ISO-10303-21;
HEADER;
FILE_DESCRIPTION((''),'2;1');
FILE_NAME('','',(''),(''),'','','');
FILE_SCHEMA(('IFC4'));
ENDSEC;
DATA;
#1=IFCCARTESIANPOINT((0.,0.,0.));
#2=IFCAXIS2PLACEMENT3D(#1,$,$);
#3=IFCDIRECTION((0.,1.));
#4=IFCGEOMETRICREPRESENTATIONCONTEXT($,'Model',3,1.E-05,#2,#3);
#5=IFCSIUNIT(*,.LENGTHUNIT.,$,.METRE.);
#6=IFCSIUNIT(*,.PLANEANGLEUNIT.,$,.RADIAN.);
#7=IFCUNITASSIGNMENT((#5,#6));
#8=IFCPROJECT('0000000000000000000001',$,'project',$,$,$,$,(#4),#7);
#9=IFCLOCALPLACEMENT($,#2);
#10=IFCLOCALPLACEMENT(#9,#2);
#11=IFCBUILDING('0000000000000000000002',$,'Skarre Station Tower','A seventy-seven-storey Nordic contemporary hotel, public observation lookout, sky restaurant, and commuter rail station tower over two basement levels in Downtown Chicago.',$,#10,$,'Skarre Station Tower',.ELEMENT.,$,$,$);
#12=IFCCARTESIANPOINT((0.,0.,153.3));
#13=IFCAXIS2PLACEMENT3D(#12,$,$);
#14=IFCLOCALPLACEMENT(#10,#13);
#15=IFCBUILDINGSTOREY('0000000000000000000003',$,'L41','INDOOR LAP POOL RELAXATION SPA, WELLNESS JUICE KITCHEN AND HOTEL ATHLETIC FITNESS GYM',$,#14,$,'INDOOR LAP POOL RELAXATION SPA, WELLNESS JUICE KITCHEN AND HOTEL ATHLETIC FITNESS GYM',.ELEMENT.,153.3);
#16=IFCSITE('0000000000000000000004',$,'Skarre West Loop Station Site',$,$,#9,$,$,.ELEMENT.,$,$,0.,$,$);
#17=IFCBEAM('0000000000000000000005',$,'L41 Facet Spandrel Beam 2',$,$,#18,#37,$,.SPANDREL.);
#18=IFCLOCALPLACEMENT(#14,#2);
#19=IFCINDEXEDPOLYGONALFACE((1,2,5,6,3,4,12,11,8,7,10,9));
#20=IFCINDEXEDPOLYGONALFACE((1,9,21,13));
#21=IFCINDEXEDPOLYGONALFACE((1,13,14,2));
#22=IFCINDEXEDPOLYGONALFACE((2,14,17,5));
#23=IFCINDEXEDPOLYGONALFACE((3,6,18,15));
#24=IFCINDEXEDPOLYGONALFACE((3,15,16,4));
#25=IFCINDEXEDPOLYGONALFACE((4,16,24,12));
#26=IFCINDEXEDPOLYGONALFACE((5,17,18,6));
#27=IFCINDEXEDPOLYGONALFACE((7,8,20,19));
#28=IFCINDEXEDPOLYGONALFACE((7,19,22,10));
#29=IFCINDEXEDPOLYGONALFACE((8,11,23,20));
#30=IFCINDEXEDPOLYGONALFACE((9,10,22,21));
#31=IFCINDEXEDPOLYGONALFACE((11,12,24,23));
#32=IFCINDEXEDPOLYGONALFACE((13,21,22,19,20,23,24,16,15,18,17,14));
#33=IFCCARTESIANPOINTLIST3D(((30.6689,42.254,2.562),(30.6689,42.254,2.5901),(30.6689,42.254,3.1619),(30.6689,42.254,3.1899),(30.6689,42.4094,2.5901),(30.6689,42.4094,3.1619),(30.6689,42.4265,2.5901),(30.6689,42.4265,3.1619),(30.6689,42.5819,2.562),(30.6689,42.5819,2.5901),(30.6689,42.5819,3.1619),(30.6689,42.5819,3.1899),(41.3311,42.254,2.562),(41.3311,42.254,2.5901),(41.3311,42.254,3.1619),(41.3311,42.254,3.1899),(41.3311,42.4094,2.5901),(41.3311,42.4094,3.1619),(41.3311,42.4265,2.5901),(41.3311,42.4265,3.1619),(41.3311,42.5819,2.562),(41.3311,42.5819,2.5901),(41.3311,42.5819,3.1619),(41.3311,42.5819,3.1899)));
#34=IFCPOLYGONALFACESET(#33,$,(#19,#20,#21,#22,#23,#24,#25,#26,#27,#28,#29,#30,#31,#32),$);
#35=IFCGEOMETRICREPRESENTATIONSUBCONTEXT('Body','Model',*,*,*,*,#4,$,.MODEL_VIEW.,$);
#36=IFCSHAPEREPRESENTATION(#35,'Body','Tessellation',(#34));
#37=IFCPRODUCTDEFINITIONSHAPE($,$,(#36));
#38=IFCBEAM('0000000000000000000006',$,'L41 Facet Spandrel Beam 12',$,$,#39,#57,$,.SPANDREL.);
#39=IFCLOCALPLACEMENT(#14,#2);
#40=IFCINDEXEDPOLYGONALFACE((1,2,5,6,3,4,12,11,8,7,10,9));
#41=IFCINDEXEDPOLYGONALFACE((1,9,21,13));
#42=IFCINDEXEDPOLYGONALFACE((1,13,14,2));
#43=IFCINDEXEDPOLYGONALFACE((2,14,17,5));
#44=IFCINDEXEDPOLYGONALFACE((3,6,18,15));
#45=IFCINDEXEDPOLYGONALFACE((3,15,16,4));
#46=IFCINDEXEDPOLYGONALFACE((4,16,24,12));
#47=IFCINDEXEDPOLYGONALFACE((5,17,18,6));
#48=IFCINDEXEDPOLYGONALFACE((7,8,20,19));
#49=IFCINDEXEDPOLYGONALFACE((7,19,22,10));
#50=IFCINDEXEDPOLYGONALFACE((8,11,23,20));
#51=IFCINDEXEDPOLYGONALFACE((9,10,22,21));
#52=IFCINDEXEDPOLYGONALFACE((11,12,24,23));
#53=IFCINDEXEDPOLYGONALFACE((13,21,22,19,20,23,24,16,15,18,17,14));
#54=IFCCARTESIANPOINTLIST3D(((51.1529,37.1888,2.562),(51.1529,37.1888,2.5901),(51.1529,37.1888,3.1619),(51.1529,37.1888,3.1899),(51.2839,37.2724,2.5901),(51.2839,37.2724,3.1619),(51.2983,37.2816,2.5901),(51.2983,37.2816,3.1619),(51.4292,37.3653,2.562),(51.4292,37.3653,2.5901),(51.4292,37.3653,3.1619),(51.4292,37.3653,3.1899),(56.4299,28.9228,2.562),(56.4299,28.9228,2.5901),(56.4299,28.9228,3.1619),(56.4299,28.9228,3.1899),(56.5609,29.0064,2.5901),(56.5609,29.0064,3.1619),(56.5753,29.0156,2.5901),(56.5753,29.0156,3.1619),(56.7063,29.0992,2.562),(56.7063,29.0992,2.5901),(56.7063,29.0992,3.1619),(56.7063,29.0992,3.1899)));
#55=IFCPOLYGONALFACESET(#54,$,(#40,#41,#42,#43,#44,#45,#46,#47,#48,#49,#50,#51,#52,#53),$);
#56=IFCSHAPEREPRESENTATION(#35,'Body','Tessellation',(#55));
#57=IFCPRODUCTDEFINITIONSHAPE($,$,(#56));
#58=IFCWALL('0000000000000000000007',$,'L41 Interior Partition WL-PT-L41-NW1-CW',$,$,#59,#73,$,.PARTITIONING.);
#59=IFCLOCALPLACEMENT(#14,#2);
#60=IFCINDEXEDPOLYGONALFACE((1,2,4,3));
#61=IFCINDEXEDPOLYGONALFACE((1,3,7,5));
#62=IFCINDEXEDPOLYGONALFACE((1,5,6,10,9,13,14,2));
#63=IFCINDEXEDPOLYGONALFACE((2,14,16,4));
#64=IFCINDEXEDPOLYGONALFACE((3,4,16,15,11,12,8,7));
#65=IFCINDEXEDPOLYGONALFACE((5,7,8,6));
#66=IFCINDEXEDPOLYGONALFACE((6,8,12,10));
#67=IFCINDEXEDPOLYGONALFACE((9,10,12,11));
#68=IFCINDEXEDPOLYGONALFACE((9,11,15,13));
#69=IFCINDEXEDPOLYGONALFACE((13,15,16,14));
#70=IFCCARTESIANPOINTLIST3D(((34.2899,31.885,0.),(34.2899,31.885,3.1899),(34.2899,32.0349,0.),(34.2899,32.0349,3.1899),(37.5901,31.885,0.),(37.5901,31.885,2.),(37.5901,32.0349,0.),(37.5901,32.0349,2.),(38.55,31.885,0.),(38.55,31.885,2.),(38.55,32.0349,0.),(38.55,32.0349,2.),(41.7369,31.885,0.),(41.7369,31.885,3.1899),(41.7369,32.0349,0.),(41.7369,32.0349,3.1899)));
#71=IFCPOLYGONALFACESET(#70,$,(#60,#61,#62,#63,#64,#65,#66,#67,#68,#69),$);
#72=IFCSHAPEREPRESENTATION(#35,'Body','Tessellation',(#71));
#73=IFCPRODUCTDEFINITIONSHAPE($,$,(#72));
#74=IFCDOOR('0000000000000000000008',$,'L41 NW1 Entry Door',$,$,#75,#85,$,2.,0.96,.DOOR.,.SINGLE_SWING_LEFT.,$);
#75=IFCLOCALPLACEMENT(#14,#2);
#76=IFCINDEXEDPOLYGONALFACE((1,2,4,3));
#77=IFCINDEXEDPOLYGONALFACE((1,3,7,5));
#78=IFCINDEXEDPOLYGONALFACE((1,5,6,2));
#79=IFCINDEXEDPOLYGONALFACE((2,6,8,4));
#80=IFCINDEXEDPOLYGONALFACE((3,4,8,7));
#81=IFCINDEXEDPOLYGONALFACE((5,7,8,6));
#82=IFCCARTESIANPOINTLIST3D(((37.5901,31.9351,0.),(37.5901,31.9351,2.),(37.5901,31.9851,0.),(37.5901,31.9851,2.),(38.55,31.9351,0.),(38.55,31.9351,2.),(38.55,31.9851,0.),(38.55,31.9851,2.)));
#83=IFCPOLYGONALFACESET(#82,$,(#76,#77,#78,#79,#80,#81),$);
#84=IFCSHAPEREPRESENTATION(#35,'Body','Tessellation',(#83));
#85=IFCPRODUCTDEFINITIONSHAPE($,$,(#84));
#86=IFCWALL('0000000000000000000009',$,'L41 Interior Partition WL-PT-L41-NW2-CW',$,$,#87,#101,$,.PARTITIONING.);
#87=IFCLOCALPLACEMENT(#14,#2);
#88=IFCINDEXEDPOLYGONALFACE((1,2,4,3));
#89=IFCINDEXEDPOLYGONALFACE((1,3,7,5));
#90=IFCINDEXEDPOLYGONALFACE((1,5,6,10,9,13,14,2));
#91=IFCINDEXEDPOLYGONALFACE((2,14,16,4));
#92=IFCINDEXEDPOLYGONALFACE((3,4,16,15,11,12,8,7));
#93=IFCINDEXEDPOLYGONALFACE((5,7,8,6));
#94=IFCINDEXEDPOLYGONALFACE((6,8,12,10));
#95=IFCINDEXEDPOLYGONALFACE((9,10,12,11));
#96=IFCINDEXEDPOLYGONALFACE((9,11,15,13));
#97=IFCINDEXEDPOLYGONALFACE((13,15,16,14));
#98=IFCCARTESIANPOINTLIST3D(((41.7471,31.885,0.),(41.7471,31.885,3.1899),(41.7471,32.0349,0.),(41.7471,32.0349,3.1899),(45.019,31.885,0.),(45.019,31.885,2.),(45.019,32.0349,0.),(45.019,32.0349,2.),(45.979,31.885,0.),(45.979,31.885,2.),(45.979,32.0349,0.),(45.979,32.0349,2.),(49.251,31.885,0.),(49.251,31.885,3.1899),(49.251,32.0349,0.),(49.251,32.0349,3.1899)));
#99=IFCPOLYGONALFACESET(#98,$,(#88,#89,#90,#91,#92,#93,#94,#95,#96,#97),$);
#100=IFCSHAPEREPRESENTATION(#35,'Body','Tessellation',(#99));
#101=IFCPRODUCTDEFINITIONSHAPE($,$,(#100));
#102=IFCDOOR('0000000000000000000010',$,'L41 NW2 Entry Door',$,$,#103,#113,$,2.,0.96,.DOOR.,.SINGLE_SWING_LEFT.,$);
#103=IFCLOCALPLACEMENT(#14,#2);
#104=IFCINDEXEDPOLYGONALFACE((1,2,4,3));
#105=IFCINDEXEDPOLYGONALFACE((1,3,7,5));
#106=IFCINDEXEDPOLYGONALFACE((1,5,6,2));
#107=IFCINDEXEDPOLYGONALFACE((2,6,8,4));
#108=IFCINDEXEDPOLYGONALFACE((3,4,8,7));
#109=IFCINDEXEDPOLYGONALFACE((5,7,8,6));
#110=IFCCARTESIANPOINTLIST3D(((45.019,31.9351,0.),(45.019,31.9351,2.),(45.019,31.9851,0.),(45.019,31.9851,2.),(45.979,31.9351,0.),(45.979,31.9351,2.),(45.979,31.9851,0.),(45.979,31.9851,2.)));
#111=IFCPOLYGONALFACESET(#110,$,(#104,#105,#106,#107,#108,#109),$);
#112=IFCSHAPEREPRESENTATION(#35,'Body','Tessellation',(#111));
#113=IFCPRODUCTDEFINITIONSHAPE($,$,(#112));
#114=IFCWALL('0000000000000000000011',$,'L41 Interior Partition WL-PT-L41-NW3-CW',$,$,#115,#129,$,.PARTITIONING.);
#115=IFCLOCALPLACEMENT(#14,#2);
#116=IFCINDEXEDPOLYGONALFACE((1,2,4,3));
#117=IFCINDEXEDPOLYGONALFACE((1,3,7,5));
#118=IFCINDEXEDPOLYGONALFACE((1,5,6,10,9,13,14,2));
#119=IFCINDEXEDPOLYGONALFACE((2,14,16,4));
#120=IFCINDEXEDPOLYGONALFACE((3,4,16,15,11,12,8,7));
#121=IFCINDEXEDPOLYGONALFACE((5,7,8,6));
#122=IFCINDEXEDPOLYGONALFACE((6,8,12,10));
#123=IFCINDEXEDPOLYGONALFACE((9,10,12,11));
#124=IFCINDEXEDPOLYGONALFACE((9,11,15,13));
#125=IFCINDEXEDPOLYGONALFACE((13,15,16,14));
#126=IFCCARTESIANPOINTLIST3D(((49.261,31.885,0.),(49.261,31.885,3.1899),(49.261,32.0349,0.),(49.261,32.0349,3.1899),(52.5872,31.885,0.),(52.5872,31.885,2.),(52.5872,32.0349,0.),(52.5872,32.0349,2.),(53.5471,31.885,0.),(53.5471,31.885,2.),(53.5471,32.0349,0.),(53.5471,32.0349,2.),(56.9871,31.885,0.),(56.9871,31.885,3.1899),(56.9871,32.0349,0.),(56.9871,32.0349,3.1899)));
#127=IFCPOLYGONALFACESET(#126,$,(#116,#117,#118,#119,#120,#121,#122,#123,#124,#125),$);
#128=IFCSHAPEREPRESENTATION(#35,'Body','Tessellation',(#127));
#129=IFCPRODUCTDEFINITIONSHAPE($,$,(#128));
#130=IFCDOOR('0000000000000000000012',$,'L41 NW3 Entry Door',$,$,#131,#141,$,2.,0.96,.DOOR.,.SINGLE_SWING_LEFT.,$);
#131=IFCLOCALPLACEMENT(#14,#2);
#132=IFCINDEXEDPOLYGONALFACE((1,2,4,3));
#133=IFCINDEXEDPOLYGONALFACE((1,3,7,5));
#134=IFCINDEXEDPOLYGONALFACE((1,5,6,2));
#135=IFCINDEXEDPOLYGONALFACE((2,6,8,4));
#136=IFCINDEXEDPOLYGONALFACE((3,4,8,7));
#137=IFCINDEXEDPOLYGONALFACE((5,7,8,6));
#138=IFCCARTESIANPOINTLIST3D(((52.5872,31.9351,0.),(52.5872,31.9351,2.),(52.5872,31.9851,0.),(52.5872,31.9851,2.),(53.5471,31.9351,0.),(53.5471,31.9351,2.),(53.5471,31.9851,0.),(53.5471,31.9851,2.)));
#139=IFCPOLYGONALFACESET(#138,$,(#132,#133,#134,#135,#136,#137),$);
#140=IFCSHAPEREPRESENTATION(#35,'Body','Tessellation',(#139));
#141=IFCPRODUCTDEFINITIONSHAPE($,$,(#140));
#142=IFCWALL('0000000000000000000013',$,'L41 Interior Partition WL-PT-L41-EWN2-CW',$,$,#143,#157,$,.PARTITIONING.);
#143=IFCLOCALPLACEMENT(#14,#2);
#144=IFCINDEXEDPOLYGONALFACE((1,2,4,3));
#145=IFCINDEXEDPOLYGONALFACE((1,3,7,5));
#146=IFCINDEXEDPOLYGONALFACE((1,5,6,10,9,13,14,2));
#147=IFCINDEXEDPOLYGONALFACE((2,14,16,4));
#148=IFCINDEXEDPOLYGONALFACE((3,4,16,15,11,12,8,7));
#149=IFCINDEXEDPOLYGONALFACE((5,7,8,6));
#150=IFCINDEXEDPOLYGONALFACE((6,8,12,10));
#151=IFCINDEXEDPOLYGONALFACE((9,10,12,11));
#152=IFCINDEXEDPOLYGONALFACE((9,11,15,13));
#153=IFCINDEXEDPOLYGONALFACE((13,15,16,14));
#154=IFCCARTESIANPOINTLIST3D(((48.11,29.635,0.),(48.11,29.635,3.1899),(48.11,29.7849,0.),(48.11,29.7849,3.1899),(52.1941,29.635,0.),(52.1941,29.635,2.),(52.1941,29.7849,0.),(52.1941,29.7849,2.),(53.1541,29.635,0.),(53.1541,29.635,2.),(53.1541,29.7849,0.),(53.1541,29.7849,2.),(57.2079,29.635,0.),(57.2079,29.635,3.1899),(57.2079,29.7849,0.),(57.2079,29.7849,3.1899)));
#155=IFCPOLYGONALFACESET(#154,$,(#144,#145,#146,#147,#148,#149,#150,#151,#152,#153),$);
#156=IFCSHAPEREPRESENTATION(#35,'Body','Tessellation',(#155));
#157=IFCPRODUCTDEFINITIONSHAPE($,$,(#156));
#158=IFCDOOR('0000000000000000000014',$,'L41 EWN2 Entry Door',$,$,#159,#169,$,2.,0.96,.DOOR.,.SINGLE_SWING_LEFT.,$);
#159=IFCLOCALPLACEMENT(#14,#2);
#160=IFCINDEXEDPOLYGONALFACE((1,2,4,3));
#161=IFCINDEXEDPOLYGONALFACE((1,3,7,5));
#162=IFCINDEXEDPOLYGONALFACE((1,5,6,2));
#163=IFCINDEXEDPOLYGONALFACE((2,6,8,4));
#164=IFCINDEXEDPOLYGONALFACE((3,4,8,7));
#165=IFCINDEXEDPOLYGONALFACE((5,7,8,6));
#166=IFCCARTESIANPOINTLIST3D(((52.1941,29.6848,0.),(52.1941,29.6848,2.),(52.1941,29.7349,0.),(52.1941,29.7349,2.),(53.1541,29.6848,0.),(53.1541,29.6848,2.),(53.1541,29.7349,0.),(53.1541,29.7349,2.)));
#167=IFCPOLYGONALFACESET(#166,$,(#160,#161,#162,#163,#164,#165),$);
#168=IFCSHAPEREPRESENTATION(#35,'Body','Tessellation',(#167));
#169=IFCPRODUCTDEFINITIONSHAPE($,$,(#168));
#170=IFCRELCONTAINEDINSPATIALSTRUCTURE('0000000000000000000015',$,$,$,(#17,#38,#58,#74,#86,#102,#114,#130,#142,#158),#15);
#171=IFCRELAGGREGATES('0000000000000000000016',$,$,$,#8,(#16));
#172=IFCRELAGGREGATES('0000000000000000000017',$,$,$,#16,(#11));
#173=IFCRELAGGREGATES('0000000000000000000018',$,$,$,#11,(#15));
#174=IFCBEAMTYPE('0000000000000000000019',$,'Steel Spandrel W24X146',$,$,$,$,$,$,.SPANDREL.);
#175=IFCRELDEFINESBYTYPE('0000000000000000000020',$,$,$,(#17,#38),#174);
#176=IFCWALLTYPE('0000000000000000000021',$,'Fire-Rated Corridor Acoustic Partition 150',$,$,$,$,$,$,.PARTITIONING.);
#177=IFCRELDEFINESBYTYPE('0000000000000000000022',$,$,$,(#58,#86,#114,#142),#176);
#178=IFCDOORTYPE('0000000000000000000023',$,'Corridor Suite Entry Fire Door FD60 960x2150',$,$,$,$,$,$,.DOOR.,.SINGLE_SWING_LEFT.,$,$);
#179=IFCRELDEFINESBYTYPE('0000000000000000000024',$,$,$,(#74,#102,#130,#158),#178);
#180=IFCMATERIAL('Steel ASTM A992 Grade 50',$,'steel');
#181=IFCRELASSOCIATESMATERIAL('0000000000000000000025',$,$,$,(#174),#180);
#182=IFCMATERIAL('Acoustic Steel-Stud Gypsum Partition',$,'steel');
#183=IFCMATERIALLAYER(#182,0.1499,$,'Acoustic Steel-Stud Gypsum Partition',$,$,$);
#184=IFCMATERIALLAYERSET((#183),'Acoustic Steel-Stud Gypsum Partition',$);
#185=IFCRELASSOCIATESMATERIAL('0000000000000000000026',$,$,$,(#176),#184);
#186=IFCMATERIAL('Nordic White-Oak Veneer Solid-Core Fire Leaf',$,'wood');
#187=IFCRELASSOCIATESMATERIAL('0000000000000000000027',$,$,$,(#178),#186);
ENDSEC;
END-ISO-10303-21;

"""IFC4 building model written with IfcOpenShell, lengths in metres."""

from ifc_helpers import new_model, si_unit, direction, frame, frame_2d, origin, origin_2d, place, context, subcontext, project, spatial, rectangle, i_section, extrude, material, layer, layer_set, material_profile, profile_set, type_object, element, fill, save


model = new_model("IFC4")

# Units and contexts
model_context = context("Model", 3, precision=1e-05, world=origin(), true_north=direction((0.0, 1.0)))
body_context = subcontext(model_context, "Body", "Model", "MODEL_VIEW")
ifc_project = project(units=[si_unit("LENGTHUNIT", "METRE"), si_unit("PLANEANGLEUNIT", "RADIAN")], contexts=[model_context])

# Site, building, storey
site_placement = place(None, origin())
site = spatial("IfcSite", under=ifc_project, at=site_placement, Name="Skarre West Loop Station Site", CompositionType="ELEMENT", RefElevation=0.0)
building_placement = place(site_placement, origin())
building = spatial("IfcBuilding", under=site, at=building_placement, Name="Skarre Station Tower", Description="A seventy-seven-storey Nordic contemporary hotel, public observation lookout, sky restaurant, and commuter rail station tower over two basement levels in Downtown Chicago.", LongName="Skarre Station Tower", CompositionType="ELEMENT")
storey_placement = place(building_placement, frame((0.0, 0.0, 153.3)))
storey = spatial("IfcBuildingStorey", under=building, at=storey_placement, Name="L41", Description="INDOOR LAP POOL RELAXATION SPA, WELLNESS JUICE KITCHEN AND HOTEL ATHLETIC FITNESS GYM", LongName="INDOOR LAP POOL RELAXATION SPA, WELLNESS JUICE KITCHEN AND HOTEL ATHLETIC FITNESS GYM", CompositionType="ELEMENT", Elevation=153.3)

# Beams
ifc_material_1 = material(Name="Steel ASTM A992 Grade 50", Category="steel")
ifc_material_profile_1 = material_profile(ifc_material_1, i_section(OverallWidth=0.3279, OverallDepth=0.6279, WebThickness=0.0171, FlangeThickness=0.0281, at=origin_2d()), Name="Steel ASTM A992 Grade 50")
ifc_profile_set_1 = profile_set([ifc_material_profile_1], Name="Steel ASTM A992 Grade 50")
beam_type_1 = type_object("IfcBeamType", Name="Steel Spandrel W24X146", PredefinedType="SPANDREL", material=ifc_profile_set_1)
beam_1_placement = place(storey_placement, frame((41.3311, 42.418, 2.876), z_axis=(-1.0, 0.0, 0.0), x_axis=(0.0, -1.0, 0.0)))
element("IfcBeam", 1, at=beam_1_placement, inside=storey, type_object=beam_type_1, Name="L41 Facet Spandrel Beam 2", PredefinedType="SPANDREL", context=body_context, shape_type="SweptSolid", body=[
    extrude(i_section(OverallWidth=0.3279, OverallDepth=0.6279, WebThickness=0.0171, FlangeThickness=0.0281, at=origin_2d()), origin(), (0.0, 0.0, 1.0), 10.6621),
])
beam_2_placement = place(storey_placement, frame((56.5681, 29.011, 2.876), z_axis=(-0.538098, 0.842883, 0.0), x_axis=(-0.842883, -0.538098, 0.0)))
element("IfcBeam", 2, at=beam_2_placement, inside=storey, type_object=beam_type_1, Name="L41 Facet Spandrel Beam 12", PredefinedType="SPANDREL", context=body_context, shape_type="SweptSolid", body=[
    extrude(i_section(OverallWidth=0.3279, OverallDepth=0.6279, WebThickness=0.0171, FlangeThickness=0.0281, at=origin_2d()), origin(), (0.0, 0.0, 1.0), 9.8069),
])

# Walls, openings, doors
ifc_material_2 = material(Name="Acoustic Steel-Stud Gypsum Partition", Category="steel")
ifc_layer_1 = layer(ifc_material_2, 0.1499, Name="Acoustic Steel-Stud Gypsum Partition")
ifc_layer_set_1 = layer_set([ifc_layer_1], Name="Acoustic Steel-Stud Gypsum Partition")
wall_type_1 = type_object("IfcWallType", Name="Fire-Rated Corridor Acoustic Partition 150", PredefinedType="PARTITIONING", material=ifc_layer_set_1)
wall_1_placement = place(storey_placement, frame((41.7371, 31.96, 0.0), z_axis=(0.0, 0.0, 1.0), x_axis=(-1.0, 0.0, 0.0)))
wall_1 = element("IfcWall", 3, at=wall_1_placement, inside=storey, type_object=wall_type_1, Name="L41 Interior Partition WL-PT-L41-NW1-CW", PredefinedType="PARTITIONING", context=body_context, shape_type="SweptSolid", body=[
    extrude(rectangle(XDim=7.447, YDim=0.1499, at=frame_2d((3.7236, 0.0))), origin(), (0.0, 0.0, 1.0), 3.1899),
])
opening_1_placement = place(wall_1_placement, frame((3.187, 0.0, 0.0)))
opening_1 = element("IfcOpeningElement", 4, at=opening_1_placement, cuts=wall_1, PredefinedType="OPENING", context=body_context, shape_type="SweptSolid", body=[
    extrude(rectangle(XDim=0.96, YDim=2.0, at=frame_2d((0.48, 1.0))), frame((0.0, 0.085, 0.0), z_axis=(0.0, -1.0, 0.0), x_axis=(1.0, 0.0, 0.0)), (0.0, 0.0, 1.0), 0.1699),
])
ifc_material_3 = material(Name="Nordic White-Oak Veneer Solid-Core Fire Leaf", Category="wood")
door_type = type_object("IfcDoorType", Name="Corridor Suite Entry Fire Door FD60 960x2150", OperationType="SINGLE_SWING_LEFT", PredefinedType="DOOR", material=ifc_material_3)
door_1_placement = place(opening_1_placement, origin())
door_1 = element("IfcDoor", 5, at=door_1_placement, inside=storey, type_object=door_type, Name="L41 NW1 Entry Door", OperationType="SINGLE_SWING_LEFT", OverallHeight=2.0, OverallWidth=0.96, PredefinedType="DOOR", context=body_context, shape_type="SweptSolid", body=[
    extrude(rectangle(XDim=0.96, YDim=2.0, at=frame_2d((0.48, 1.0))), frame((0.0, 0.0249, 0.0), z_axis=(0.0, -1.0, 0.0), x_axis=(1.0, 0.0, 0.0)), (0.0, 0.0, 1.0), 0.05),
])
fill(opening_1, door_1)
wall_2_placement = place(storey_placement, frame((49.251, 31.96, 0.0), z_axis=(0.0, 0.0, 1.0), x_axis=(-1.0, 0.0, 0.0)))
wall_2 = element("IfcWall", 6, at=wall_2_placement, inside=storey, type_object=wall_type_1, Name="L41 Interior Partition WL-PT-L41-NW2-CW", PredefinedType="PARTITIONING", context=body_context, shape_type="SweptSolid", body=[
    extrude(rectangle(XDim=7.5039, YDim=0.1499, at=frame_2d((3.752, 0.0))), origin(), (0.0, 0.0, 1.0), 3.1899),
])
opening_2_placement = place(wall_2_placement, frame((3.272, 0.0, 0.0)))
opening_2 = element("IfcOpeningElement", 7, at=opening_2_placement, cuts=wall_2, PredefinedType="OPENING", context=body_context, shape_type="SweptSolid", body=[
    extrude(rectangle(XDim=0.96, YDim=2.0, at=frame_2d((0.48, 1.0))), frame((0.0, 0.085, 0.0), z_axis=(0.0, -1.0, 0.0), x_axis=(1.0, 0.0, 0.0)), (0.0, 0.0, 1.0), 0.1699),
])
door_2_placement = place(opening_2_placement, origin())
door_2 = element("IfcDoor", 8, at=door_2_placement, inside=storey, type_object=door_type, Name="L41 NW2 Entry Door", OperationType="SINGLE_SWING_LEFT", OverallHeight=2.0, OverallWidth=0.96, PredefinedType="DOOR", context=body_context, shape_type="SweptSolid", body=[
    extrude(rectangle(XDim=0.96, YDim=2.0, at=frame_2d((0.48, 1.0))), frame((0.0, 0.0249, 0.0), z_axis=(0.0, -1.0, 0.0), x_axis=(1.0, 0.0, 0.0)), (0.0, 0.0, 1.0), 0.05),
])
fill(opening_2, door_2)
wall_3_placement = place(storey_placement, frame((56.9871, 31.96, 0.0), z_axis=(0.0, 0.0, 1.0), x_axis=(-1.0, 0.0, 0.0)))
wall_3 = element("IfcWall", 9, at=wall_3_placement, inside=storey, type_object=wall_type_1, Name="L41 Interior Partition WL-PT-L41-NW3-CW", PredefinedType="PARTITIONING", context=body_context, shape_type="SweptSolid", body=[
    extrude(rectangle(XDim=7.7261, YDim=0.1499, at=frame_2d((3.863, 0.0))), origin(), (0.0, 0.0, 1.0), 3.1899),
])
opening_3_placement = place(wall_3_placement, frame((3.4399, 0.0, 0.0)))
opening_3 = element("IfcOpeningElement", 10, at=opening_3_placement, cuts=wall_3, PredefinedType="OPENING", context=body_context, shape_type="SweptSolid", body=[
    extrude(rectangle(XDim=0.96, YDim=2.0, at=frame_2d((0.48, 1.0))), frame((0.0, 0.085, 0.0), z_axis=(0.0, -1.0, 0.0), x_axis=(1.0, 0.0, 0.0)), (0.0, 0.0, 1.0), 0.1699),
])
door_3_placement = place(opening_3_placement, origin())
door_3 = element("IfcDoor", 11, at=door_3_placement, inside=storey, type_object=door_type, Name="L41 NW3 Entry Door", OperationType="SINGLE_SWING_LEFT", OverallHeight=2.0, OverallWidth=0.96, PredefinedType="DOOR", context=body_context, shape_type="SweptSolid", body=[
    extrude(rectangle(XDim=0.96, YDim=2.0, at=frame_2d((0.48, 1.0))), frame((0.0, 0.0249, 0.0), z_axis=(0.0, -1.0, 0.0), x_axis=(1.0, 0.0, 0.0)), (0.0, 0.0, 1.0), 0.05),
])
fill(opening_3, door_3)
wall_4_placement = place(storey_placement, frame((48.1101, 29.71, 0.0), z_axis=(0.0, 0.0, 1.0), x_axis=(1.0, 0.0, 0.0)))
wall_4 = element("IfcWall", 12, at=wall_4_placement, inside=storey, type_object=wall_type_1, Name="L41 Interior Partition WL-PT-L41-EWN2-CW", PredefinedType="PARTITIONING", context=body_context, shape_type="SweptSolid", body=[
    extrude(rectangle(XDim=9.0979, YDim=0.1499, at=frame_2d((4.5488, 0.0))), origin(), (0.0, 0.0, 1.0), 3.1899),
])
opening_4_placement = place(wall_4_placement, frame((4.084, 0.0, 0.0)))
opening_4 = element("IfcOpeningElement", 13, at=opening_4_placement, cuts=wall_4, PredefinedType="OPENING", context=body_context, shape_type="SweptSolid", body=[
    extrude(rectangle(XDim=0.96, YDim=2.0, at=frame_2d((0.48, 1.0))), frame((0.0, 0.085, 0.0), z_axis=(0.0, -1.0, 0.0), x_axis=(1.0, 0.0, 0.0)), (0.0, 0.0, 1.0), 0.1699),
])
door_4_placement = place(opening_4_placement, origin())
door_4 = element("IfcDoor", 14, at=door_4_placement, inside=storey, type_object=door_type, Name="L41 EWN2 Entry Door", OperationType="SINGLE_SWING_LEFT", OverallHeight=2.0, OverallWidth=0.96, PredefinedType="DOOR", context=body_context, shape_type="SweptSolid", body=[
    extrude(rectangle(XDim=0.96, YDim=2.0, at=frame_2d((0.48, 1.0))), frame((0.0, 0.0249, 0.0), z_axis=(0.0, -1.0, 0.0), x_axis=(1.0, 0.0, 0.0)), (0.0, 0.0, 1.0), 0.05),
])
fill(opening_4, door_4)

save(model, "model.ifc")
